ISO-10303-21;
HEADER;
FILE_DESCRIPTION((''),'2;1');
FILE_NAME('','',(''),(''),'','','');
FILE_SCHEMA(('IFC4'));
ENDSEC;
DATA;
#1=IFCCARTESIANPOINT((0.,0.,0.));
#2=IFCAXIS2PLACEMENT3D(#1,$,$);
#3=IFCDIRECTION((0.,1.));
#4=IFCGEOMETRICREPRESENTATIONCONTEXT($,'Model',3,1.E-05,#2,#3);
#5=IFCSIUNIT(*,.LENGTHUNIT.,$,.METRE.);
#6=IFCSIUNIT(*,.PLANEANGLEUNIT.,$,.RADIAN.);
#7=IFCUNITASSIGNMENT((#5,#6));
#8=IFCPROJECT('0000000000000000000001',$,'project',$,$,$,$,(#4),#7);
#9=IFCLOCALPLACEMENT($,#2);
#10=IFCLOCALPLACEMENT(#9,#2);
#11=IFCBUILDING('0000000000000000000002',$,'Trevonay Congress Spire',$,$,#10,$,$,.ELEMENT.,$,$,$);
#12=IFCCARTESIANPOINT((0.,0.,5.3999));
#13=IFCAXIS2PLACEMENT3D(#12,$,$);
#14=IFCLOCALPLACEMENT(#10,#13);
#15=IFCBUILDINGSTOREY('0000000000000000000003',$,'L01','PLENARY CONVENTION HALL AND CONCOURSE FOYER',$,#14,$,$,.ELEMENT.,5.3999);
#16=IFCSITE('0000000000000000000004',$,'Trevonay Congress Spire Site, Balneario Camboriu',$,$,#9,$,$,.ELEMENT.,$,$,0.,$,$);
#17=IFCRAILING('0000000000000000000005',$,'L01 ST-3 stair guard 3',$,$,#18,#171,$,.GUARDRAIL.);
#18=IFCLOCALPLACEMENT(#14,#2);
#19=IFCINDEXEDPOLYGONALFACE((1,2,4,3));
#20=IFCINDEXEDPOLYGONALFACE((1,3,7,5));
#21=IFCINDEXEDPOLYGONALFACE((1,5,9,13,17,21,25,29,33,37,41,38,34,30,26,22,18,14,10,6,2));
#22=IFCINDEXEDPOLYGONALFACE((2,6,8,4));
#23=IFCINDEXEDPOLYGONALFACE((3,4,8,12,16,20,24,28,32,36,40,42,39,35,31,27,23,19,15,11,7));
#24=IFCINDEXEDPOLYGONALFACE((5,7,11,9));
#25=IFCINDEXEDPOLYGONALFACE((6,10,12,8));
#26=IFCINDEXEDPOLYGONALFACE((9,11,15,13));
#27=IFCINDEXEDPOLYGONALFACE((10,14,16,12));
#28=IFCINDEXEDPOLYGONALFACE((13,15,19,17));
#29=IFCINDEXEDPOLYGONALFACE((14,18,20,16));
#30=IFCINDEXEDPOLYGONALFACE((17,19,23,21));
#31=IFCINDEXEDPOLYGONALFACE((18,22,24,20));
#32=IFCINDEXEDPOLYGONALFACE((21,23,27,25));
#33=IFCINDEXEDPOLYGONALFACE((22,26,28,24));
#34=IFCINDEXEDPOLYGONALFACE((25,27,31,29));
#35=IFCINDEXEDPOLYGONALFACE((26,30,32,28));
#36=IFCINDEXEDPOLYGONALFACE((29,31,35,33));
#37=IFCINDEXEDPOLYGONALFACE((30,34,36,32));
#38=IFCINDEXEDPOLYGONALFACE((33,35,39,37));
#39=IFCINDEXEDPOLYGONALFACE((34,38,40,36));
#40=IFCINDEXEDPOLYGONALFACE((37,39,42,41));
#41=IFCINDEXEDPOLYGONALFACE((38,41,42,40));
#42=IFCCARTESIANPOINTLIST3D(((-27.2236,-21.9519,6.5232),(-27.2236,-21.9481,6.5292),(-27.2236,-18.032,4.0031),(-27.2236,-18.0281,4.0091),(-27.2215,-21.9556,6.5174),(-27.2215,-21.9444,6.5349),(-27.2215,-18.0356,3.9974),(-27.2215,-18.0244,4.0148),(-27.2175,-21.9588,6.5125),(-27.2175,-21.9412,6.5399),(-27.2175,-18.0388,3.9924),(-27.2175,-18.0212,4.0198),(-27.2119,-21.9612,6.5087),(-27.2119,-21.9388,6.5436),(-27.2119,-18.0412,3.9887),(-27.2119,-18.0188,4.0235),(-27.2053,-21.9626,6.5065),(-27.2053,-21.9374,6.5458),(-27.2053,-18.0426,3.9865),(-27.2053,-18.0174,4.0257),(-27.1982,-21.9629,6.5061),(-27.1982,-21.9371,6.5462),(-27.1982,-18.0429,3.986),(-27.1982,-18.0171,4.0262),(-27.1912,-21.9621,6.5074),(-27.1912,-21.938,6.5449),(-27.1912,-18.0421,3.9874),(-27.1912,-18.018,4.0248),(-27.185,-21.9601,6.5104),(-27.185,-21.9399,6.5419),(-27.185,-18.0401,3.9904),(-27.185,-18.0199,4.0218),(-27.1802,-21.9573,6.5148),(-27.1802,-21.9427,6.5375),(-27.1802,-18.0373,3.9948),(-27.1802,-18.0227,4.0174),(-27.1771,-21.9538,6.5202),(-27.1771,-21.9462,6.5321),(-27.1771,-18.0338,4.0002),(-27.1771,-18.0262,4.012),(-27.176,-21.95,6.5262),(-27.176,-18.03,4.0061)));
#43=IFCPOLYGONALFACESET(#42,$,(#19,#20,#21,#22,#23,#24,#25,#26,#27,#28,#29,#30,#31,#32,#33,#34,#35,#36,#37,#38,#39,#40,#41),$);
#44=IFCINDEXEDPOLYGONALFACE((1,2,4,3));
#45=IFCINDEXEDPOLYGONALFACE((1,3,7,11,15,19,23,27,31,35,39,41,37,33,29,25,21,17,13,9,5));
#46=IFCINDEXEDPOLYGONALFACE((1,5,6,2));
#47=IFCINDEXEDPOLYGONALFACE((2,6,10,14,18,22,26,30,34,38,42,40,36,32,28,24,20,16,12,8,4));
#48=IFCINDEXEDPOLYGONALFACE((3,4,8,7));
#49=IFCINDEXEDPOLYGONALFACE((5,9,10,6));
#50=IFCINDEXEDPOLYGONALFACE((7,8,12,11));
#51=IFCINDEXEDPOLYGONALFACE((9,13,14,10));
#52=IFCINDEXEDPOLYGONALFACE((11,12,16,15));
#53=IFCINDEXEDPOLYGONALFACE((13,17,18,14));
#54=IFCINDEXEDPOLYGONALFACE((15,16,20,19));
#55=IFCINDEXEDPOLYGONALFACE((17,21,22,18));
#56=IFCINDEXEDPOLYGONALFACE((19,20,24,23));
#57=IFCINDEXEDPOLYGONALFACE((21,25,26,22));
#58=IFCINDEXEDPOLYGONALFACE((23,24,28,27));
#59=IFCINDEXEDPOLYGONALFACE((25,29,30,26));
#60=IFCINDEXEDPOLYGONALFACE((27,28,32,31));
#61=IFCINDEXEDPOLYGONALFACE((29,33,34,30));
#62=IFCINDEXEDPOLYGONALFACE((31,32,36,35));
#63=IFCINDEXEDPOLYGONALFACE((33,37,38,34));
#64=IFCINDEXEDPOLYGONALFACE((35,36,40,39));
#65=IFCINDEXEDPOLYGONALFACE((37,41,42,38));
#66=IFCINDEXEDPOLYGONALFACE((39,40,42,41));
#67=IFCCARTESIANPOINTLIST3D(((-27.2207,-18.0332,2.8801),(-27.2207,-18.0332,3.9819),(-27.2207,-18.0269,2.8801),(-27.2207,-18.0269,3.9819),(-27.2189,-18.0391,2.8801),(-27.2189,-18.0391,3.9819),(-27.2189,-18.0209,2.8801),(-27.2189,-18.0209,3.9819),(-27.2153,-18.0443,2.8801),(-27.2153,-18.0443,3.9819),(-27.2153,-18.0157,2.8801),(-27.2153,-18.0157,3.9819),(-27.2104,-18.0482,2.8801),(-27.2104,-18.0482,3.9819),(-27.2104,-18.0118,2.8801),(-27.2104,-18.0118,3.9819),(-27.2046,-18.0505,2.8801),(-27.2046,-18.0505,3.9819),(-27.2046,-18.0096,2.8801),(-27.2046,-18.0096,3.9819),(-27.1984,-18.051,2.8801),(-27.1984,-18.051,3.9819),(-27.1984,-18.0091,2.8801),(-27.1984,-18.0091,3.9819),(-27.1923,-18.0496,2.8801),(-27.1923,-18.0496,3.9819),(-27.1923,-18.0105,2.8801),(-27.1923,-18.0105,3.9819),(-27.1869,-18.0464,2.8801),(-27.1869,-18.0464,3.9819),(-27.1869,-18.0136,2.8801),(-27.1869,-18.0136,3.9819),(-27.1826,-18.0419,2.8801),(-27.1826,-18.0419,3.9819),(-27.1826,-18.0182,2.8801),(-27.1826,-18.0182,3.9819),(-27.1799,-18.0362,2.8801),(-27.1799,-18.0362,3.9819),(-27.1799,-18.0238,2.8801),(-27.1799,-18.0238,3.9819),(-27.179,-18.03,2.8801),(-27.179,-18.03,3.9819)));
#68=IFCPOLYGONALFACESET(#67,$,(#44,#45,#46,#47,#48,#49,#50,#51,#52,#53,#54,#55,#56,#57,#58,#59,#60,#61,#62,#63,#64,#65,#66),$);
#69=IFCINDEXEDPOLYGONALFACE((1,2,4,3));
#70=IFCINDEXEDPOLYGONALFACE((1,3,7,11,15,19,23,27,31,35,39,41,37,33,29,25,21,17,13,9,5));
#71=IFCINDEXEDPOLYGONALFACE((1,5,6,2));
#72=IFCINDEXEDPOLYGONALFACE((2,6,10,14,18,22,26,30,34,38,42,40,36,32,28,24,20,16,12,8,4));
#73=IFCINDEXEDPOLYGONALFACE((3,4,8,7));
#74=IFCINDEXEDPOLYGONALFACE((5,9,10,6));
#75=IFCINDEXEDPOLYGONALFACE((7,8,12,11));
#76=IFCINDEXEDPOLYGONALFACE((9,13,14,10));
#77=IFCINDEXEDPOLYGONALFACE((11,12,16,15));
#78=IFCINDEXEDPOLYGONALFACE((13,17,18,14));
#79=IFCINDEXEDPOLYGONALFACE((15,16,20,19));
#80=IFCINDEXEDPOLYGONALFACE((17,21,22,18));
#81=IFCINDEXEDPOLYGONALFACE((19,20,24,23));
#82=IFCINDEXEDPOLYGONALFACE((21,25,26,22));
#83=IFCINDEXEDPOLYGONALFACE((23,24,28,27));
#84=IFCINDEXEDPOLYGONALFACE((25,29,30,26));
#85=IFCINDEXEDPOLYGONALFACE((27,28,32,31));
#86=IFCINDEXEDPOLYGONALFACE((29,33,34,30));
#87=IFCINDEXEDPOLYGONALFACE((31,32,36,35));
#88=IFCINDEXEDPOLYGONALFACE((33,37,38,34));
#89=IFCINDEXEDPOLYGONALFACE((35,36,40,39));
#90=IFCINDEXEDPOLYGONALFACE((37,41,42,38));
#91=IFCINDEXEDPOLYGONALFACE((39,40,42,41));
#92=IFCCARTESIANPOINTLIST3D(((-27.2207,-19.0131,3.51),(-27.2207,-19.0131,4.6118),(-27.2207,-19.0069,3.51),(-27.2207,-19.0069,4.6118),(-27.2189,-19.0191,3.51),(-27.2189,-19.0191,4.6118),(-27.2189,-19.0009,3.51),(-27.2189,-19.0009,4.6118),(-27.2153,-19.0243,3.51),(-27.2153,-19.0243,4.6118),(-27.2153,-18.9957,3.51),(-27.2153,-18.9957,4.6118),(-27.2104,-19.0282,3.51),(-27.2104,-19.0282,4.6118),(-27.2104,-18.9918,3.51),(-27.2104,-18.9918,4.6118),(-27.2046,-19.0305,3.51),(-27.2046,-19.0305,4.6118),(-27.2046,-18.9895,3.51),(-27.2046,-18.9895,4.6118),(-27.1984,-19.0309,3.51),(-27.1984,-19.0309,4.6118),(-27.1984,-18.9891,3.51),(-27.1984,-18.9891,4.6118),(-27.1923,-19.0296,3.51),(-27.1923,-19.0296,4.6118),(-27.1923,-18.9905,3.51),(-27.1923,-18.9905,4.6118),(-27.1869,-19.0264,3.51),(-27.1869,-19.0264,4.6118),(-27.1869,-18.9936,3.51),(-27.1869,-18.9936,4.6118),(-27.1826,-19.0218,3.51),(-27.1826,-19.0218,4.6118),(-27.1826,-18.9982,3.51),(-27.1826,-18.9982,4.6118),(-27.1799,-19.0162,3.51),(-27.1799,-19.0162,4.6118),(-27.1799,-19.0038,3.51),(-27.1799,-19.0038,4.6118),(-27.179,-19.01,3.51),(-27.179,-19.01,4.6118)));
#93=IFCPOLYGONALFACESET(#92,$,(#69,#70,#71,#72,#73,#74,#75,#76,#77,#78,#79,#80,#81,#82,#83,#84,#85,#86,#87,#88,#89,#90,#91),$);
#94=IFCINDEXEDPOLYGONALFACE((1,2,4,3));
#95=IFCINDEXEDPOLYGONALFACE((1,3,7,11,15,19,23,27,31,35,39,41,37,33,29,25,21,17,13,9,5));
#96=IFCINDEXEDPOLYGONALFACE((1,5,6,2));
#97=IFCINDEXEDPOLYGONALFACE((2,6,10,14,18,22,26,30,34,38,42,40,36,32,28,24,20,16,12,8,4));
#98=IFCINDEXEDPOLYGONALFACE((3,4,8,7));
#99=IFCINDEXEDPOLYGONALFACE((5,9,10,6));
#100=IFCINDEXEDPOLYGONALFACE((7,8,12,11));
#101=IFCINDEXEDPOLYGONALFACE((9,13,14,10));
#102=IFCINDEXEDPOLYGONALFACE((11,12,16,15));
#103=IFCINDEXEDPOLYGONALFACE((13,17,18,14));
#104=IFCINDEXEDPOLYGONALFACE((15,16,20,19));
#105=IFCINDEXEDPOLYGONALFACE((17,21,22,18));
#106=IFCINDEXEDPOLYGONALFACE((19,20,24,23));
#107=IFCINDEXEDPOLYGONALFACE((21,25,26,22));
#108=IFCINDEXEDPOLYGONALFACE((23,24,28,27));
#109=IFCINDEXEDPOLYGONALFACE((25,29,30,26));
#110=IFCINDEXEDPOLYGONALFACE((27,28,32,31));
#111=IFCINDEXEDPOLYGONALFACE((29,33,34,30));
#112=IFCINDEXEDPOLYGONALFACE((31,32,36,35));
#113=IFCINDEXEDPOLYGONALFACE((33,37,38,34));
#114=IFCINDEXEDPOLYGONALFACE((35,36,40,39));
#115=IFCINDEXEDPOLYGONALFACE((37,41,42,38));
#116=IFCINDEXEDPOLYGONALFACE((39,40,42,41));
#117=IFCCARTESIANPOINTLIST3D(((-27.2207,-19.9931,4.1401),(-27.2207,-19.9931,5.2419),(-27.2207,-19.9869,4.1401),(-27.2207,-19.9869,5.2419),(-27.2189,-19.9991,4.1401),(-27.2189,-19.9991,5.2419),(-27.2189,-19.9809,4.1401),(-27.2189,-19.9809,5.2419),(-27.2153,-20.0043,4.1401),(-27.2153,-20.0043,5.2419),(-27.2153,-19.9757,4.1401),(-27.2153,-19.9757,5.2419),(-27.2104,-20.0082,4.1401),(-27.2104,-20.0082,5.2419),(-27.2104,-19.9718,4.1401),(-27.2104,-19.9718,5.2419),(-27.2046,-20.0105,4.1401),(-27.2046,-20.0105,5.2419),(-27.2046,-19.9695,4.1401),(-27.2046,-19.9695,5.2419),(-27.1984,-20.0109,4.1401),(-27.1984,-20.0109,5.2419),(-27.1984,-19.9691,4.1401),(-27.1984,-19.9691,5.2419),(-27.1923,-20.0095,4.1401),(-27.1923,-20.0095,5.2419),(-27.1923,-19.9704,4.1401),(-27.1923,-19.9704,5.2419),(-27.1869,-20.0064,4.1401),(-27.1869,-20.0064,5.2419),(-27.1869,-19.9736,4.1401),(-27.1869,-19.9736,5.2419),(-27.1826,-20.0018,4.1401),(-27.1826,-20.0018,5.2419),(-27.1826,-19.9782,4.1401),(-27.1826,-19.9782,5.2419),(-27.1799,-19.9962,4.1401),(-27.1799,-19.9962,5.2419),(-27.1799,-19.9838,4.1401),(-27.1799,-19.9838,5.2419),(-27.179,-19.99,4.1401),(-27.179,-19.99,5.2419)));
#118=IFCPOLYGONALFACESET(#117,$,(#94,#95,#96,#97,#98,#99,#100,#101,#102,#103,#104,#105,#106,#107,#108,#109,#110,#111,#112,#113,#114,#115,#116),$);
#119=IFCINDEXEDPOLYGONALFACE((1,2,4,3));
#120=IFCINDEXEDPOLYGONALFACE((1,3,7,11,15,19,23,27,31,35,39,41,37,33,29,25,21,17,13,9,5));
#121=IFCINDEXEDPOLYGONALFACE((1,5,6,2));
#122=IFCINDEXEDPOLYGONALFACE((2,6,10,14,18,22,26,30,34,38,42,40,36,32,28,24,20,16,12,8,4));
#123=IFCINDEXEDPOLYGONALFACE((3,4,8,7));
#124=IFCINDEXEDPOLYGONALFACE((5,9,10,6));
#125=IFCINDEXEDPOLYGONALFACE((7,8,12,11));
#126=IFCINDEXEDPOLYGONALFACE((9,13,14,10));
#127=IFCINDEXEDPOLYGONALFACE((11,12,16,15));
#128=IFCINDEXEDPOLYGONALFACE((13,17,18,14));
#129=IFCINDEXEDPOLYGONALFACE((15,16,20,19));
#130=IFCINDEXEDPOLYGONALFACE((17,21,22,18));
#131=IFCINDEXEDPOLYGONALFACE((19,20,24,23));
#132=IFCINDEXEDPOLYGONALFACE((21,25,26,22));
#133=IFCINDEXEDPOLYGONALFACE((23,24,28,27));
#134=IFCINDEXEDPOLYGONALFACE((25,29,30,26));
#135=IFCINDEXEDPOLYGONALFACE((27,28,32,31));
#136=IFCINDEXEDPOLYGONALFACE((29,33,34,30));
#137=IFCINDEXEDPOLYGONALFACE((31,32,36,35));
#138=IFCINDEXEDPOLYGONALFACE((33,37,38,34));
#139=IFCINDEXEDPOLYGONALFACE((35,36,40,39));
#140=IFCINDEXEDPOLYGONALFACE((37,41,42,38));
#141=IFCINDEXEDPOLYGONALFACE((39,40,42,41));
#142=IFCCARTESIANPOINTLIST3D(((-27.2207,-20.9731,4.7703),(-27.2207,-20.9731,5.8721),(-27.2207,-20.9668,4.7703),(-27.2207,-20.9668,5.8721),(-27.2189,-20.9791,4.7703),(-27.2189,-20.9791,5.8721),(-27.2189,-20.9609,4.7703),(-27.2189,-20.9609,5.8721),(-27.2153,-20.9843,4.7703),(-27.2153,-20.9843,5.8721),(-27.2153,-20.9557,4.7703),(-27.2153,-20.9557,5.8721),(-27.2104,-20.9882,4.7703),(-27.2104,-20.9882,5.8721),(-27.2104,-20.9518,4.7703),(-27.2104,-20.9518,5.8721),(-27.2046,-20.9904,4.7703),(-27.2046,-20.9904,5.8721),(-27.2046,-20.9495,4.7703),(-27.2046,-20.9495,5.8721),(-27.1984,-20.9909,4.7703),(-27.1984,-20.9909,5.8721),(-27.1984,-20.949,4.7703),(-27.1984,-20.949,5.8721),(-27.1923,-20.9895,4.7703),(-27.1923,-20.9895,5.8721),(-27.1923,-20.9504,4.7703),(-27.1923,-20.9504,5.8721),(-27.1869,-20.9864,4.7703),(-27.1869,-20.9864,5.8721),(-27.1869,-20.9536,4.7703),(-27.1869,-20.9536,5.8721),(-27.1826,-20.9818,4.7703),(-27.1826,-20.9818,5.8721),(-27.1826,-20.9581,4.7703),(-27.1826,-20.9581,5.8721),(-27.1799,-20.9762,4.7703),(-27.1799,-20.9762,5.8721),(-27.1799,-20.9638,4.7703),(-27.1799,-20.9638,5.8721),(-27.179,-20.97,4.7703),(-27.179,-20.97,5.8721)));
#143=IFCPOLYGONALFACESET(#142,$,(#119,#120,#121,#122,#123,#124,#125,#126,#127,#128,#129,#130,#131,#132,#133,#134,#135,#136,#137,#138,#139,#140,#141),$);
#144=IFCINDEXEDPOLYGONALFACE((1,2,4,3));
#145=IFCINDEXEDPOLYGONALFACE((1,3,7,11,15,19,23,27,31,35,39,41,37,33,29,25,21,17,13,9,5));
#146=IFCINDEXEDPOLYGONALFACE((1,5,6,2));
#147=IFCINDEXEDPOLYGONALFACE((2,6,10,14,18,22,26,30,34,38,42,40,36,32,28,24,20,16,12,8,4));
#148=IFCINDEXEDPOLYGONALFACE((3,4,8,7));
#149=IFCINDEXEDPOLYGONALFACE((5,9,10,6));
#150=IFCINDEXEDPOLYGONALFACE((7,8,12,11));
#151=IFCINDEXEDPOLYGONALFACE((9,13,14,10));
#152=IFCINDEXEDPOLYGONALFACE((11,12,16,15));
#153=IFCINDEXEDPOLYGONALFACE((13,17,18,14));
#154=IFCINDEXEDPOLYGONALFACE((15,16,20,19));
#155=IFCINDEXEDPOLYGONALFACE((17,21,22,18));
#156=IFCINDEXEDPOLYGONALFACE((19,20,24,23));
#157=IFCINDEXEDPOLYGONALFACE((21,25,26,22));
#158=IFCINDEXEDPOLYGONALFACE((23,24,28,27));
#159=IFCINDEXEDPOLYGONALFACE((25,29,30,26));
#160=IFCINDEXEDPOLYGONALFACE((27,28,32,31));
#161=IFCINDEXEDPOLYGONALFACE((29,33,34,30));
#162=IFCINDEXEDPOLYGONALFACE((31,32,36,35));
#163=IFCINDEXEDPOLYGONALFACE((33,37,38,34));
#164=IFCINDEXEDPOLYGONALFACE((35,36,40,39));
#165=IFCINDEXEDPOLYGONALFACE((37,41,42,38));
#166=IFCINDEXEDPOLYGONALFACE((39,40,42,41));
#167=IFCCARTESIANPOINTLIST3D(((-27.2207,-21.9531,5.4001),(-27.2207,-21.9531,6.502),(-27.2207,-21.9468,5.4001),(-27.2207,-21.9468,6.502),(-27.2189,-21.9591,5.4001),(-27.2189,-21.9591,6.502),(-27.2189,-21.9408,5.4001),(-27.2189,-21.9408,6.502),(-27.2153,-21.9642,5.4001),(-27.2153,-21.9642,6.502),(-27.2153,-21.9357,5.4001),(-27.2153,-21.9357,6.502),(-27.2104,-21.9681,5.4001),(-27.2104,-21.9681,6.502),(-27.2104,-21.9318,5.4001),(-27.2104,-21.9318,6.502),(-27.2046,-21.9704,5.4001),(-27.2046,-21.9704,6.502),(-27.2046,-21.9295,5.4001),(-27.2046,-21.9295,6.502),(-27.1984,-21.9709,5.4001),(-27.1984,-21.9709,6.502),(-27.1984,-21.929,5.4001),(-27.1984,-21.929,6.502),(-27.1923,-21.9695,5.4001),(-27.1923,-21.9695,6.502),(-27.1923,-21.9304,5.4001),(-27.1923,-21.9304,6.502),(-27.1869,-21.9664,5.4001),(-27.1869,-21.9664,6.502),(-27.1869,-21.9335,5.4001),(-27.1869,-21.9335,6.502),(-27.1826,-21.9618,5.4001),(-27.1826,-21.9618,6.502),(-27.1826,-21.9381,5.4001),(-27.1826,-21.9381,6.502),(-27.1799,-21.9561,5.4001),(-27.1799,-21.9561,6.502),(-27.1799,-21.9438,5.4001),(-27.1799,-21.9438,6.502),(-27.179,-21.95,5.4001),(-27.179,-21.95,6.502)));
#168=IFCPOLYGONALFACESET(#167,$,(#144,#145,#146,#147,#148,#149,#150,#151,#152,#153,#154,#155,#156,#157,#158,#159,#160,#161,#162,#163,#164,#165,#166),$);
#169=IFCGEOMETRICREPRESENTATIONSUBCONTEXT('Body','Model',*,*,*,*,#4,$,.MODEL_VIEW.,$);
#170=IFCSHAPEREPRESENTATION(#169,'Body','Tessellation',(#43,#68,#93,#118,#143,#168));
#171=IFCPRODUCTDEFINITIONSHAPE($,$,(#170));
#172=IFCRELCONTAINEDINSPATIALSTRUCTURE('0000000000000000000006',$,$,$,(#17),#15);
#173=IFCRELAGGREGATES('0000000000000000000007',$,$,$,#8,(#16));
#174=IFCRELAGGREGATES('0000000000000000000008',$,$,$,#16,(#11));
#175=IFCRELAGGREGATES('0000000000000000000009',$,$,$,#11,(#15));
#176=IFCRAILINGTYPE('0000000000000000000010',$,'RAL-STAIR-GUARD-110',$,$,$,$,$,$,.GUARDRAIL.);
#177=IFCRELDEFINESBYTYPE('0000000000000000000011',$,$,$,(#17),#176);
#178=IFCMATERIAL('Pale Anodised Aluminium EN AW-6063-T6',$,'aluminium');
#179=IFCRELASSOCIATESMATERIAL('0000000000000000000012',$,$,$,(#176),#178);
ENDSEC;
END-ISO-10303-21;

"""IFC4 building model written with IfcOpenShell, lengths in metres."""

from ifc_helpers import new_model, si_unit, direction, frame, origin, origin_2d, place, context, subcontext, project, spatial, circle, extrude, material, type_object, element, save


model = new_model("IFC4")

# Units and contexts
model_context = context("Model", 3, precision=1e-05, world=origin(), true_north=direction((0.0, 1.0)))
body_context = subcontext(model_context, "Body", "Model", "MODEL_VIEW")
ifc_project = project(units=[si_unit("LENGTHUNIT", "METRE"), si_unit("PLANEANGLEUNIT", "RADIAN")], contexts=[model_context])

# Site, building, storey
site_placement = place(None, origin())
site = spatial("IfcSite", under=ifc_project, at=site_placement, Name="Trevonay Congress Spire Site, Balneario Camboriu", CompositionType="ELEMENT", RefElevation=0.0)
building_placement = place(site_placement, origin())
building = spatial("IfcBuilding", under=site, at=building_placement, Name="Trevonay Congress Spire", CompositionType="ELEMENT")
storey_placement = place(building_placement, frame((0.0, 0.0, 5.3999)))
storey = spatial("IfcBuildingStorey", under=building, at=storey_placement, Name="L01", Description="PLENARY CONVENTION HALL AND CONCOURSE FOYER", CompositionType="ELEMENT", Elevation=5.3999)

# Shared definitions
ifc_material_1 = material(Name="Pale Anodised Aluminium EN AW-6063-T6", Category="aluminium")

# Railing
railing_type_1 = type_object("IfcRailingType", Name="RAL-STAIR-GUARD-110", PredefinedType="GUARDRAIL", material=ifc_material_1)
railing_1_placement = place(storey_placement, frame((-27.2, -18.03, 2.8801)))
element("IfcRailing", 1, at=railing_1_placement, inside=storey, type_object=railing_type_1, Name="L01 ST-3 stair guard 3", PredefinedType="GUARDRAIL", context=body_context, shape_type="SweptSolid", body=[
    extrude(circle(Radius=0.0239, at=origin_2d()), frame((0.0, 0.0, 1.126), z_axis=(0.0, -0.841172, 0.540768), x_axis=(1.0, 0.0, 0.0)), (0.0, 0.0, 1.0), 4.6602),
    extrude(circle(Radius=0.021, at=origin_2d()), origin(), (0.0, 0.0, 1.0), 1.1018),
    extrude(circle(Radius=0.021, at=origin_2d()), frame((0.0, -0.98, 0.6299)), (0.0, 0.0, 1.0), 1.1018),
    extrude(circle(Radius=0.021, at=origin_2d()), frame((0.0, -1.96, 1.26)), (0.0, 0.0, 1.0), 1.1018),
    extrude(circle(Radius=0.021, at=origin_2d()), frame((0.0, -2.9399, 1.8901)), (0.0, 0.0, 1.0), 1.1018),
    extrude(circle(Radius=0.021, at=origin_2d()), frame((0.0, -3.9199, 2.52)), (0.0, 0.0, 1.0), 1.1018),
])

save(model, "model.ifc")
